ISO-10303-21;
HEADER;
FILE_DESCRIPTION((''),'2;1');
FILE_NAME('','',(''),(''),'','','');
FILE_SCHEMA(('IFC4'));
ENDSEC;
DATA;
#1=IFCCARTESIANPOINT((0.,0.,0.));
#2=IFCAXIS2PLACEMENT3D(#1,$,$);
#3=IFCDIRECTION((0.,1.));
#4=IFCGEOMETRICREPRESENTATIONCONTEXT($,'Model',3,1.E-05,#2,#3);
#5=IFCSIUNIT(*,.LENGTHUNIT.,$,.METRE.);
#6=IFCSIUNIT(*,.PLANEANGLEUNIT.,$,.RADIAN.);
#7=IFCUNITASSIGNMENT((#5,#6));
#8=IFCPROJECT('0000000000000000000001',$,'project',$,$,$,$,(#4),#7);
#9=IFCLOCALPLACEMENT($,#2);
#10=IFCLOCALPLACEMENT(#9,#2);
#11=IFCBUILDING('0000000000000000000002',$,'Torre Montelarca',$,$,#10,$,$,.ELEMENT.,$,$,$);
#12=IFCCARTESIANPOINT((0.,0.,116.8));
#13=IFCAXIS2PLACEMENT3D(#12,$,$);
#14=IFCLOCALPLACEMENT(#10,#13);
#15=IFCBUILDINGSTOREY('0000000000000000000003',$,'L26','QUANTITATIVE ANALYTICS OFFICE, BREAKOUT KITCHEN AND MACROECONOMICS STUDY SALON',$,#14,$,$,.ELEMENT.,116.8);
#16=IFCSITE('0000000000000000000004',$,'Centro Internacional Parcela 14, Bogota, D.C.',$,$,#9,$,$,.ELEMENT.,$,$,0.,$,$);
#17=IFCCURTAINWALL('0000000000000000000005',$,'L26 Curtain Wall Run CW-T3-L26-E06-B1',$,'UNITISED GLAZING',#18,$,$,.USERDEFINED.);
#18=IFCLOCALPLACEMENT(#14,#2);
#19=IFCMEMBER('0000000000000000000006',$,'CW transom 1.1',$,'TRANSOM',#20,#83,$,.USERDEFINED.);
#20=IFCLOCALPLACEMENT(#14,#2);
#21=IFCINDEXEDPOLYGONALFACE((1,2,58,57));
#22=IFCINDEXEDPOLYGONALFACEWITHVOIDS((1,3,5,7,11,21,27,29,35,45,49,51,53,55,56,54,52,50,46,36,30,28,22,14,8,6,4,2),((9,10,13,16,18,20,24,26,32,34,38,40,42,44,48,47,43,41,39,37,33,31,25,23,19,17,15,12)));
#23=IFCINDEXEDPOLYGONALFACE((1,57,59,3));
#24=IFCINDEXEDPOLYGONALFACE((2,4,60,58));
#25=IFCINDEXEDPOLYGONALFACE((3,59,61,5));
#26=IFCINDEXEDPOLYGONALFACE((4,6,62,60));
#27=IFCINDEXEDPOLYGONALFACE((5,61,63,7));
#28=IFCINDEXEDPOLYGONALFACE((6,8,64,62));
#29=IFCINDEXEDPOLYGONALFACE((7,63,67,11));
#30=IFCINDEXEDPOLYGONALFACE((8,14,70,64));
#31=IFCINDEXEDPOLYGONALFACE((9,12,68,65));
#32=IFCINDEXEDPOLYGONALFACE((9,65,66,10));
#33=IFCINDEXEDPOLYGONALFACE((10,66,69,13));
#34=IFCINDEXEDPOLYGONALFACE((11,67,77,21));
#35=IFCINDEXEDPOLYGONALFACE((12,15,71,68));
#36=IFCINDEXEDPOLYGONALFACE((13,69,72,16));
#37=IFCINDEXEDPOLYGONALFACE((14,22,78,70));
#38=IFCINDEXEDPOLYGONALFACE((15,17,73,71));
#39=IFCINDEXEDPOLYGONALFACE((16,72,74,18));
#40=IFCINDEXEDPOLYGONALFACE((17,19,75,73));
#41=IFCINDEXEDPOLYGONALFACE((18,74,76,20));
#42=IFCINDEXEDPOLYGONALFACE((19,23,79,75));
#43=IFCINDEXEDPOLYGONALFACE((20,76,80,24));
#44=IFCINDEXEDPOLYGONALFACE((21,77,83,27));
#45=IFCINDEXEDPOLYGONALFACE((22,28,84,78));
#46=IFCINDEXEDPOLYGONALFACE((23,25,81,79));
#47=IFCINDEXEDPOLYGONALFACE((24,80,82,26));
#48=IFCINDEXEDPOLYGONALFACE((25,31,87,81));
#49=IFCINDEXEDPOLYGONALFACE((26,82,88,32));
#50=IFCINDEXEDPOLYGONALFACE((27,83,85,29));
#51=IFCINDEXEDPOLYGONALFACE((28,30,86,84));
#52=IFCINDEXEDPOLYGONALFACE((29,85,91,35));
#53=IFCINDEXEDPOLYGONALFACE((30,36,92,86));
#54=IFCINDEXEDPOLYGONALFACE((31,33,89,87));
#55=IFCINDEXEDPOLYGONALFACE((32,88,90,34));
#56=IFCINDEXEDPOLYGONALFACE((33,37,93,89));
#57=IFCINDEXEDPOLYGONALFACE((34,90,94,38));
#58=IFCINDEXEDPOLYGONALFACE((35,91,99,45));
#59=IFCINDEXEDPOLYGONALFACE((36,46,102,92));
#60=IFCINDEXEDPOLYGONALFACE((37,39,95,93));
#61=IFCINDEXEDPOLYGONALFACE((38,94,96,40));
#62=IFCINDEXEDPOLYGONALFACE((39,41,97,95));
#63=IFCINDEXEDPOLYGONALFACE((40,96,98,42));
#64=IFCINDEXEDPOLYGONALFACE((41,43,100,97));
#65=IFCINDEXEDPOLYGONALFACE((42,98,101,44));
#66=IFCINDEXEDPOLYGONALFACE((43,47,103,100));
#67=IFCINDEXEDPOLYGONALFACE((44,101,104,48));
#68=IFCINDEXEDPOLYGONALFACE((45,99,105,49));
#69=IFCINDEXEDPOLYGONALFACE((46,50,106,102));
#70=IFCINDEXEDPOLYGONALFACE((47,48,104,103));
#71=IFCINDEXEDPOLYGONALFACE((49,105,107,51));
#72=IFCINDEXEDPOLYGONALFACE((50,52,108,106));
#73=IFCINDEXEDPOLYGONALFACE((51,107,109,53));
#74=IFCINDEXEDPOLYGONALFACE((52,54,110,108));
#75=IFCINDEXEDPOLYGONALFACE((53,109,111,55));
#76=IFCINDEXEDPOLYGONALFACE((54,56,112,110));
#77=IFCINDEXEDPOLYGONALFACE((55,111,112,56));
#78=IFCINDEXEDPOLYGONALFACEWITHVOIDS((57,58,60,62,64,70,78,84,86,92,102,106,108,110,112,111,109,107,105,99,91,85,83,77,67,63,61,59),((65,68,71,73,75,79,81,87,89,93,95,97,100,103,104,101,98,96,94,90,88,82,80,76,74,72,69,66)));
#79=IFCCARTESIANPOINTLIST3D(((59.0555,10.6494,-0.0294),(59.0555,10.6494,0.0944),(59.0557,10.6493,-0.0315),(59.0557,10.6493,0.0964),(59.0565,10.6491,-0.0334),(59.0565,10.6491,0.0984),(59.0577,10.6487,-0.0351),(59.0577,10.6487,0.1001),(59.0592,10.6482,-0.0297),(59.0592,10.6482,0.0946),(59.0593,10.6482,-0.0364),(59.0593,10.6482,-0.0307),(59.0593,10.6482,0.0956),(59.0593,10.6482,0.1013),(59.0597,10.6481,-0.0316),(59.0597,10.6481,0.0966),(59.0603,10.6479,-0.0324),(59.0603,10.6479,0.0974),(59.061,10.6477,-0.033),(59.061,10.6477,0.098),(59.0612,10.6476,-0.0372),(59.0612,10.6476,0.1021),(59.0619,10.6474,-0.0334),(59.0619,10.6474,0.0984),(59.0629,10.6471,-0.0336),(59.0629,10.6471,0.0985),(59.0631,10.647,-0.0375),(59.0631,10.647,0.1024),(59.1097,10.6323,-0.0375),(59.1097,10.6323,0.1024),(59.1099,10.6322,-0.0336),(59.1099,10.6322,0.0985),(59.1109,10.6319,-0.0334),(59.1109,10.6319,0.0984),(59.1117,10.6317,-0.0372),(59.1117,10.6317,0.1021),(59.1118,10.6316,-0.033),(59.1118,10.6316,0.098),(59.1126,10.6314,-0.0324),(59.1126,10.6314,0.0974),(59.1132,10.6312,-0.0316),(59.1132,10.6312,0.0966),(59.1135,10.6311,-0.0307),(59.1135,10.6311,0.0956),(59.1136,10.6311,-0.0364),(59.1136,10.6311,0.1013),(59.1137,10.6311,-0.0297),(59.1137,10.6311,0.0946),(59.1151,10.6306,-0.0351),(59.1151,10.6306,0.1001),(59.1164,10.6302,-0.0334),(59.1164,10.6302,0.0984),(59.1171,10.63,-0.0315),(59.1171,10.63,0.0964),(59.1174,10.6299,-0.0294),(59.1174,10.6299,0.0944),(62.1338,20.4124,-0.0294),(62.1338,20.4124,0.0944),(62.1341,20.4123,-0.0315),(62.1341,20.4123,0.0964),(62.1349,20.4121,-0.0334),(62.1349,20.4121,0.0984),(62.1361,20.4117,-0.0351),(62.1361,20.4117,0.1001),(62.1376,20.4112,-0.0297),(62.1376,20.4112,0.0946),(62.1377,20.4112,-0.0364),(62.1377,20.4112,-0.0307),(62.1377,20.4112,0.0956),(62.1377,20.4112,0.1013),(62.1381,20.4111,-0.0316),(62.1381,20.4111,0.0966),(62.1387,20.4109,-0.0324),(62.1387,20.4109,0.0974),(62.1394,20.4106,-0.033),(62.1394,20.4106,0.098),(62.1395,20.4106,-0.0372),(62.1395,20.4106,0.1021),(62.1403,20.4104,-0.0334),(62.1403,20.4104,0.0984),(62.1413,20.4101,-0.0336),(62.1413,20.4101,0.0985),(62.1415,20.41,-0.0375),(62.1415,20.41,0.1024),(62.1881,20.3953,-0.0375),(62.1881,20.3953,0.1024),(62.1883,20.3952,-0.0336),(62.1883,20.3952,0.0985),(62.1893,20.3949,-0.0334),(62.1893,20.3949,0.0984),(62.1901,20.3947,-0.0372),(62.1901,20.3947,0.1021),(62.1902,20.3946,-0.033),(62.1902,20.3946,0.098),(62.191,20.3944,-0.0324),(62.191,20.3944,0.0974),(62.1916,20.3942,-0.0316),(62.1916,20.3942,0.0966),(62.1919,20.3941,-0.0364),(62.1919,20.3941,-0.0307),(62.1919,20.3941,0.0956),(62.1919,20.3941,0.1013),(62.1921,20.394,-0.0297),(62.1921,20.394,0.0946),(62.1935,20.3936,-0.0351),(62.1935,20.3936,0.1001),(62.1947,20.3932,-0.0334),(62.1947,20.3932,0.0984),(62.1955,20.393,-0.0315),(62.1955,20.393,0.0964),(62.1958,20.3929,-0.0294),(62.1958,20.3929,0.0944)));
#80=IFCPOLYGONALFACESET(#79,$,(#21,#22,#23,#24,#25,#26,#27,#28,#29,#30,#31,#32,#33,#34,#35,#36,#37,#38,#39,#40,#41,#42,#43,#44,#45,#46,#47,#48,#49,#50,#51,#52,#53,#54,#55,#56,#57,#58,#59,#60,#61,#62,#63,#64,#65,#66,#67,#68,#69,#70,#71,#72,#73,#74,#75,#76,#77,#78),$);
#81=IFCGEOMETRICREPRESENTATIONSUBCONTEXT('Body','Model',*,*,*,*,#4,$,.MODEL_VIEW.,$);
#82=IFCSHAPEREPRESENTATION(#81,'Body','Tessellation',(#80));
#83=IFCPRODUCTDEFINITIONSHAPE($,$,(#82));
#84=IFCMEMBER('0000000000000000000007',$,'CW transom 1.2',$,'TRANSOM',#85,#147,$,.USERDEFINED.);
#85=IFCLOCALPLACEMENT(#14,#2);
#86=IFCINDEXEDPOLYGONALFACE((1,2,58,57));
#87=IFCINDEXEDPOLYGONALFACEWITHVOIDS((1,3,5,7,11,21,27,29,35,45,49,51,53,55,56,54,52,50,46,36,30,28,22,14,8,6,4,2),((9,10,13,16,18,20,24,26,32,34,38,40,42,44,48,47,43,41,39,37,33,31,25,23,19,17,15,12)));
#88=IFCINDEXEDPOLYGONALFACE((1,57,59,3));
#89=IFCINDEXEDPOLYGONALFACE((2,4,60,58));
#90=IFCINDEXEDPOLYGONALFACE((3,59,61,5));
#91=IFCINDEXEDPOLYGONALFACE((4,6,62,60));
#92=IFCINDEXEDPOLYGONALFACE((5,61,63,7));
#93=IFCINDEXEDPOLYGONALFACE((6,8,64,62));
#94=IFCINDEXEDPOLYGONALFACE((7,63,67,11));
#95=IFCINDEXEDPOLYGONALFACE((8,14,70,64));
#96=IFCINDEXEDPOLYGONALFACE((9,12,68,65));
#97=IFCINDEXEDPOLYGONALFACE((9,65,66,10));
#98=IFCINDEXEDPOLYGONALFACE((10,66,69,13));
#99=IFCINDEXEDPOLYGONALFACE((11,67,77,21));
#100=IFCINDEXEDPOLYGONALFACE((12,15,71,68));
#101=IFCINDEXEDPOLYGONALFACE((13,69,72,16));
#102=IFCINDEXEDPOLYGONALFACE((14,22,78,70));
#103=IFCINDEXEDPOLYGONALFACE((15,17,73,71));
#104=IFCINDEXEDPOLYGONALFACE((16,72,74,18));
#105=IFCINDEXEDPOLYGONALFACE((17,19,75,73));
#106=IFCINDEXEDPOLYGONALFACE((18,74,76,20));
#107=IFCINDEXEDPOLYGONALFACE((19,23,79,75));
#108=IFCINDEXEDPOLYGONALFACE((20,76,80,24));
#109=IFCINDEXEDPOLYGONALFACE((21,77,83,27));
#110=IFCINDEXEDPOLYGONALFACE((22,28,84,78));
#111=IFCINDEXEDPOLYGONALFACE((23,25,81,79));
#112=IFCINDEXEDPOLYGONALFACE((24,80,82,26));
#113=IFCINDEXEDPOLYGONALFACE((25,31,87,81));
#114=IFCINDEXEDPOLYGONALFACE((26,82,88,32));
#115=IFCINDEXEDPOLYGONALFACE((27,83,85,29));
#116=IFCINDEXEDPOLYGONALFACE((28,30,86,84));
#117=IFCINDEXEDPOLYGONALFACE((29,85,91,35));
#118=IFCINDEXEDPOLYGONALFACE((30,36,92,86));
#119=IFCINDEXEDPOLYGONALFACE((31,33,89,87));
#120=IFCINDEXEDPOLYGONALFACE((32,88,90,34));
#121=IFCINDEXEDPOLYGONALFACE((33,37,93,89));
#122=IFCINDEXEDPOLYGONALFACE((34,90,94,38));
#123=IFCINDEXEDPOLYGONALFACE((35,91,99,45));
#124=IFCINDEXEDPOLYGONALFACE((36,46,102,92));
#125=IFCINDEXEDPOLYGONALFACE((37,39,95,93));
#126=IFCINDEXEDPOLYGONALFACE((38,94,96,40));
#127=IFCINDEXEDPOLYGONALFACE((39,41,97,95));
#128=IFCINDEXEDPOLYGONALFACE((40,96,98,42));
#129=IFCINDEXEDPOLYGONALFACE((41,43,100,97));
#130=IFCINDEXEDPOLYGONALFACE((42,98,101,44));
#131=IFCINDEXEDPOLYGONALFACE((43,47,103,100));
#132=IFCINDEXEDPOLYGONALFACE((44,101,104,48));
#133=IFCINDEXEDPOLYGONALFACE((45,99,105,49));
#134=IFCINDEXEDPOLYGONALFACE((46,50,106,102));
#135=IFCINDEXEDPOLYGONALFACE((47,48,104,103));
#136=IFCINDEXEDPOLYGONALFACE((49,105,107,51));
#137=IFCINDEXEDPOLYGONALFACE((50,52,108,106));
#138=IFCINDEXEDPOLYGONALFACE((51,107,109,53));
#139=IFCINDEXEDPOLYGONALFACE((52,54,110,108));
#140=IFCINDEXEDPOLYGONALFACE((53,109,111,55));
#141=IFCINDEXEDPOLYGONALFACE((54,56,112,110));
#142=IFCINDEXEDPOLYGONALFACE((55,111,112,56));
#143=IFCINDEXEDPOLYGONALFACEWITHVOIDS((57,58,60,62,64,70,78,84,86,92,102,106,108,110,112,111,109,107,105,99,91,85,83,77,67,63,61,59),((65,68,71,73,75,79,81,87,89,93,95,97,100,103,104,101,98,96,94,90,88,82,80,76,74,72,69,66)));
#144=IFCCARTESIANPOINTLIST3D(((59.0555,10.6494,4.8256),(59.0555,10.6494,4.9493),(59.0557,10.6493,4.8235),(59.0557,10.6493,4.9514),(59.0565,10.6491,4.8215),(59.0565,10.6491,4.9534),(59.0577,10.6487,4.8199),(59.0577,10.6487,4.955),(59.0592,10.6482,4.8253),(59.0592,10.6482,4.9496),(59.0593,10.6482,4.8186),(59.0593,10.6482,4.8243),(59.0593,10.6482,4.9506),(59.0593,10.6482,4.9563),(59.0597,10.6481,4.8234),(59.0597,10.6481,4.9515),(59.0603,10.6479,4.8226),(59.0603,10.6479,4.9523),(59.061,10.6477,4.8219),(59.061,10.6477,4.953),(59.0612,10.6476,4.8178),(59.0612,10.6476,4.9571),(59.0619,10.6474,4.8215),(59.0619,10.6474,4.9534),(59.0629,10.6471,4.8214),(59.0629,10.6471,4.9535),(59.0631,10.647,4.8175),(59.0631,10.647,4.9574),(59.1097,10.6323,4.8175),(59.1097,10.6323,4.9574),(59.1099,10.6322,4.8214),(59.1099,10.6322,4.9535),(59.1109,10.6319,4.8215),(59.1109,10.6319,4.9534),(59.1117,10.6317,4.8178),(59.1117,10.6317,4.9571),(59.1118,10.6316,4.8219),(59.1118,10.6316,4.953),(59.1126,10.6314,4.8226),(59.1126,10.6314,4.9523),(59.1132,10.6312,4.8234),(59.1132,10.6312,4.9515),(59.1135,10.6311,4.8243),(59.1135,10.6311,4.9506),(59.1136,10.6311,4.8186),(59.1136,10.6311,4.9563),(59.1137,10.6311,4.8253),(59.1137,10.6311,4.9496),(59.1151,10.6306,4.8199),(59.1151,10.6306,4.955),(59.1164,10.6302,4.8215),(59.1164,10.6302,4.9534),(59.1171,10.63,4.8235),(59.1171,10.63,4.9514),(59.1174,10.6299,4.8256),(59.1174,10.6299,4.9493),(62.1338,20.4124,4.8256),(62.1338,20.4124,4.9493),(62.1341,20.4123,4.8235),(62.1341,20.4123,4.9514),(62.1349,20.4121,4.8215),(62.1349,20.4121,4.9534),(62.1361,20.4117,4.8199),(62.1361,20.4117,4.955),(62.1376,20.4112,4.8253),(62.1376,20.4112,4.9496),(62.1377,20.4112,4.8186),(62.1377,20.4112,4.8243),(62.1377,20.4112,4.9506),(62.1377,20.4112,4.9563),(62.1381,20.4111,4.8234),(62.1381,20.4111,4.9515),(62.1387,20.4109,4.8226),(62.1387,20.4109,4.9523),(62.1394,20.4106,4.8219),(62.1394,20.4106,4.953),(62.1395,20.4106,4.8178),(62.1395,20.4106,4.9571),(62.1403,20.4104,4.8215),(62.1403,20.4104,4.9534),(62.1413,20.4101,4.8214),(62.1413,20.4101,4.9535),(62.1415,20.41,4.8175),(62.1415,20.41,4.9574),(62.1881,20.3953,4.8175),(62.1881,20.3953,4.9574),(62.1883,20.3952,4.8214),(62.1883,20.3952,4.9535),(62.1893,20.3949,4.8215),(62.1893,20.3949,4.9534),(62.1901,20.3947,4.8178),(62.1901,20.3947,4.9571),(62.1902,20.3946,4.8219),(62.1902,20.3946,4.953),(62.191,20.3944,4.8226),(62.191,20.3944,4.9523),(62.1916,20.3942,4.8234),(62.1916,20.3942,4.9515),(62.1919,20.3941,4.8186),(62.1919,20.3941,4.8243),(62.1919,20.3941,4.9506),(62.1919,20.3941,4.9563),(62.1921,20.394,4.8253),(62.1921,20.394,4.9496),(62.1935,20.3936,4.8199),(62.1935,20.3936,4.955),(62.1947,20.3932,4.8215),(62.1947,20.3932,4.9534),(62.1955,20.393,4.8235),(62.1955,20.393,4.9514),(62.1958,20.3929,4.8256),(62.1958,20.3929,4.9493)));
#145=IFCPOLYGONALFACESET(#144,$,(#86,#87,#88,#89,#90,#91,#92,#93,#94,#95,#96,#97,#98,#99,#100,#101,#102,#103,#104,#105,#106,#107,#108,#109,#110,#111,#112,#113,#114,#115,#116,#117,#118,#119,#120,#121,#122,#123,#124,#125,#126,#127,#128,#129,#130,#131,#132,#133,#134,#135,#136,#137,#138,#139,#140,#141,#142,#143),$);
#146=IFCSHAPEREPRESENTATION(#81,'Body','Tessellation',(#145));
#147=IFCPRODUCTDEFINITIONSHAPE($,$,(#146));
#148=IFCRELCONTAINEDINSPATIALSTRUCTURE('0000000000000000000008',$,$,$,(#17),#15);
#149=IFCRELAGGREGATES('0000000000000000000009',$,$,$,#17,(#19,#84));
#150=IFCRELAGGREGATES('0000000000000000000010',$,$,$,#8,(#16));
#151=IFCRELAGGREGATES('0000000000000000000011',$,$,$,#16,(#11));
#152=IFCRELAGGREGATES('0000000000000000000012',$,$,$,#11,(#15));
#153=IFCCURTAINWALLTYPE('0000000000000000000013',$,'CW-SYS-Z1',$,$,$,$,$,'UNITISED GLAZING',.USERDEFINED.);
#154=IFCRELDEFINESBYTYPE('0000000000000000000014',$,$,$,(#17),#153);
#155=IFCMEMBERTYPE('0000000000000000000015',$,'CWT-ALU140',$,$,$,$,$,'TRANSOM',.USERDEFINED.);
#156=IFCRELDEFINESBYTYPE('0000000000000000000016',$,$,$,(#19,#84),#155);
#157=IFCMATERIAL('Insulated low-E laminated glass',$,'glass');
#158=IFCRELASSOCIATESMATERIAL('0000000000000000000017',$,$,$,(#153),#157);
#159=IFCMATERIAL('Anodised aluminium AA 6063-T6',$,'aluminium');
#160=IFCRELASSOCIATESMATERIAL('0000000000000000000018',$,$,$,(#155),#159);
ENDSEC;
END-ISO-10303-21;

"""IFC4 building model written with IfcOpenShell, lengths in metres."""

from ifc_helpers import new_model, si_unit, direction, frame, origin, origin_2d, place, context, subcontext, project, spatial, hollow_rectangle, extrude, source, transform, mapped, material, material_profile, profile_set, type_object, element, aggregate, save


model = new_model("IFC4")

# Units and contexts
model_context = context("Model", 3, precision=1e-05, world=origin(), true_north=direction((0.0, 1.0)))
body_context = subcontext(model_context, "Body", "Model", "MODEL_VIEW")
ifc_project = project(units=[si_unit("LENGTHUNIT", "METRE"), si_unit("PLANEANGLEUNIT", "RADIAN")], contexts=[model_context])

# Site, building, storey
site_placement = place(None, origin())
site = spatial("IfcSite", under=ifc_project, at=site_placement, Name="Centro Internacional Parcela 14, Bogota, D.C.", CompositionType="ELEMENT", RefElevation=0.0)
building_placement = place(site_placement, origin())
building = spatial("IfcBuilding", under=site, at=building_placement, Name="Torre Montelarca", CompositionType="ELEMENT")
storey_placement = place(building_placement, frame((0.0, 0.0, 116.8)))
storey = spatial("IfcBuildingStorey", under=building, at=storey_placement, Name="L26", Description="QUANTITATIVE ANALYTICS OFFICE, BREAKOUT KITCHEN AND MACROECONOMICS STUDY SALON", CompositionType="ELEMENT", Elevation=116.8)

# Curtain wall, members
ifc_material_1 = material(Name="Insulated low-E laminated glass", Category="glass")
curtain_wall_type = type_object("IfcCurtainWallType", Name="CW-SYS-Z1", ElementType="UNITISED GLAZING", PredefinedType="USERDEFINED", material=ifc_material_1)
ifc_material_2 = material(Name="Anodised aluminium AA 6063-T6", Category="aluminium")
ifc_material_profile_1 = material_profile(ifc_material_2, hollow_rectangle(XDim=0.0649, YDim=0.1399, WallThickness=0.0039, InnerFilletRadius=0.0039, OuterFilletRadius=0.0081, at=origin_2d()), Name="ALU65X140X4", Category="aluminium")
ifc_profile_set_1 = profile_set([ifc_material_profile_1], Name="Anodised aluminium AA 6063-T6")
member_type_1 = type_object("IfcMemberType", Name="CWT-ALU140", ElementType="TRANSOM", PredefinedType="USERDEFINED", material=ifc_profile_set_1)
curtain_wall_1_placement = place(storey_placement, origin())
curtain_wall_1 = element("IfcCurtainWall", 1, at=curtain_wall_1_placement, inside=storey, type_object=curtain_wall_type, Name="L26 Curtain Wall Run CW-T3-L26-E06-B1", ObjectType="UNITISED GLAZING", PredefinedType="USERDEFINED")
shared_shape_1 = source(origin(), body_context, "Body", "SweptSolid", [
    extrude(hollow_rectangle(XDim=0.0649, YDim=0.1399, WallThickness=0.0039, InnerFilletRadius=0.0039, OuterFilletRadius=0.0081, at=origin_2d()), origin(), (0.0, 0.0, 1.0), 10.2368),
])
member_1_placement = place(storey_placement, frame((59.0864, 10.6396, 0.0325), z_axis=(0.300717, 0.953713, 0.0), x_axis=(-0.953713, 0.300717, 0.0)))
member_1 = element("IfcMember", 2, at=member_1_placement, type_object=member_type_1, Name="CW transom 1.1", ObjectType="TRANSOM", PredefinedType="USERDEFINED", context=body_context, shape_type="MappedRepresentation", body=[
    mapped(shared_shape_1, transform((0.0, 0.0, 0.0), scale=1.0)),
])
member_2_placement = place(storey_placement, frame((59.0864, 10.6396, 4.8875), z_axis=(0.300717, 0.953713, 0.0), x_axis=(-0.953713, 0.300717, 0.0)))
member_2 = element("IfcMember", 3, at=member_2_placement, type_object=member_type_1, Name="CW transom 1.2", ObjectType="TRANSOM", PredefinedType="USERDEFINED", context=body_context, shape_type="MappedRepresentation", body=[
    mapped(shared_shape_1, transform((0.0, 0.0, 0.0), scale=1.0)),
])

aggregate(curtain_wall_1, [member_1, member_2])

save(model, "model.ifc")
